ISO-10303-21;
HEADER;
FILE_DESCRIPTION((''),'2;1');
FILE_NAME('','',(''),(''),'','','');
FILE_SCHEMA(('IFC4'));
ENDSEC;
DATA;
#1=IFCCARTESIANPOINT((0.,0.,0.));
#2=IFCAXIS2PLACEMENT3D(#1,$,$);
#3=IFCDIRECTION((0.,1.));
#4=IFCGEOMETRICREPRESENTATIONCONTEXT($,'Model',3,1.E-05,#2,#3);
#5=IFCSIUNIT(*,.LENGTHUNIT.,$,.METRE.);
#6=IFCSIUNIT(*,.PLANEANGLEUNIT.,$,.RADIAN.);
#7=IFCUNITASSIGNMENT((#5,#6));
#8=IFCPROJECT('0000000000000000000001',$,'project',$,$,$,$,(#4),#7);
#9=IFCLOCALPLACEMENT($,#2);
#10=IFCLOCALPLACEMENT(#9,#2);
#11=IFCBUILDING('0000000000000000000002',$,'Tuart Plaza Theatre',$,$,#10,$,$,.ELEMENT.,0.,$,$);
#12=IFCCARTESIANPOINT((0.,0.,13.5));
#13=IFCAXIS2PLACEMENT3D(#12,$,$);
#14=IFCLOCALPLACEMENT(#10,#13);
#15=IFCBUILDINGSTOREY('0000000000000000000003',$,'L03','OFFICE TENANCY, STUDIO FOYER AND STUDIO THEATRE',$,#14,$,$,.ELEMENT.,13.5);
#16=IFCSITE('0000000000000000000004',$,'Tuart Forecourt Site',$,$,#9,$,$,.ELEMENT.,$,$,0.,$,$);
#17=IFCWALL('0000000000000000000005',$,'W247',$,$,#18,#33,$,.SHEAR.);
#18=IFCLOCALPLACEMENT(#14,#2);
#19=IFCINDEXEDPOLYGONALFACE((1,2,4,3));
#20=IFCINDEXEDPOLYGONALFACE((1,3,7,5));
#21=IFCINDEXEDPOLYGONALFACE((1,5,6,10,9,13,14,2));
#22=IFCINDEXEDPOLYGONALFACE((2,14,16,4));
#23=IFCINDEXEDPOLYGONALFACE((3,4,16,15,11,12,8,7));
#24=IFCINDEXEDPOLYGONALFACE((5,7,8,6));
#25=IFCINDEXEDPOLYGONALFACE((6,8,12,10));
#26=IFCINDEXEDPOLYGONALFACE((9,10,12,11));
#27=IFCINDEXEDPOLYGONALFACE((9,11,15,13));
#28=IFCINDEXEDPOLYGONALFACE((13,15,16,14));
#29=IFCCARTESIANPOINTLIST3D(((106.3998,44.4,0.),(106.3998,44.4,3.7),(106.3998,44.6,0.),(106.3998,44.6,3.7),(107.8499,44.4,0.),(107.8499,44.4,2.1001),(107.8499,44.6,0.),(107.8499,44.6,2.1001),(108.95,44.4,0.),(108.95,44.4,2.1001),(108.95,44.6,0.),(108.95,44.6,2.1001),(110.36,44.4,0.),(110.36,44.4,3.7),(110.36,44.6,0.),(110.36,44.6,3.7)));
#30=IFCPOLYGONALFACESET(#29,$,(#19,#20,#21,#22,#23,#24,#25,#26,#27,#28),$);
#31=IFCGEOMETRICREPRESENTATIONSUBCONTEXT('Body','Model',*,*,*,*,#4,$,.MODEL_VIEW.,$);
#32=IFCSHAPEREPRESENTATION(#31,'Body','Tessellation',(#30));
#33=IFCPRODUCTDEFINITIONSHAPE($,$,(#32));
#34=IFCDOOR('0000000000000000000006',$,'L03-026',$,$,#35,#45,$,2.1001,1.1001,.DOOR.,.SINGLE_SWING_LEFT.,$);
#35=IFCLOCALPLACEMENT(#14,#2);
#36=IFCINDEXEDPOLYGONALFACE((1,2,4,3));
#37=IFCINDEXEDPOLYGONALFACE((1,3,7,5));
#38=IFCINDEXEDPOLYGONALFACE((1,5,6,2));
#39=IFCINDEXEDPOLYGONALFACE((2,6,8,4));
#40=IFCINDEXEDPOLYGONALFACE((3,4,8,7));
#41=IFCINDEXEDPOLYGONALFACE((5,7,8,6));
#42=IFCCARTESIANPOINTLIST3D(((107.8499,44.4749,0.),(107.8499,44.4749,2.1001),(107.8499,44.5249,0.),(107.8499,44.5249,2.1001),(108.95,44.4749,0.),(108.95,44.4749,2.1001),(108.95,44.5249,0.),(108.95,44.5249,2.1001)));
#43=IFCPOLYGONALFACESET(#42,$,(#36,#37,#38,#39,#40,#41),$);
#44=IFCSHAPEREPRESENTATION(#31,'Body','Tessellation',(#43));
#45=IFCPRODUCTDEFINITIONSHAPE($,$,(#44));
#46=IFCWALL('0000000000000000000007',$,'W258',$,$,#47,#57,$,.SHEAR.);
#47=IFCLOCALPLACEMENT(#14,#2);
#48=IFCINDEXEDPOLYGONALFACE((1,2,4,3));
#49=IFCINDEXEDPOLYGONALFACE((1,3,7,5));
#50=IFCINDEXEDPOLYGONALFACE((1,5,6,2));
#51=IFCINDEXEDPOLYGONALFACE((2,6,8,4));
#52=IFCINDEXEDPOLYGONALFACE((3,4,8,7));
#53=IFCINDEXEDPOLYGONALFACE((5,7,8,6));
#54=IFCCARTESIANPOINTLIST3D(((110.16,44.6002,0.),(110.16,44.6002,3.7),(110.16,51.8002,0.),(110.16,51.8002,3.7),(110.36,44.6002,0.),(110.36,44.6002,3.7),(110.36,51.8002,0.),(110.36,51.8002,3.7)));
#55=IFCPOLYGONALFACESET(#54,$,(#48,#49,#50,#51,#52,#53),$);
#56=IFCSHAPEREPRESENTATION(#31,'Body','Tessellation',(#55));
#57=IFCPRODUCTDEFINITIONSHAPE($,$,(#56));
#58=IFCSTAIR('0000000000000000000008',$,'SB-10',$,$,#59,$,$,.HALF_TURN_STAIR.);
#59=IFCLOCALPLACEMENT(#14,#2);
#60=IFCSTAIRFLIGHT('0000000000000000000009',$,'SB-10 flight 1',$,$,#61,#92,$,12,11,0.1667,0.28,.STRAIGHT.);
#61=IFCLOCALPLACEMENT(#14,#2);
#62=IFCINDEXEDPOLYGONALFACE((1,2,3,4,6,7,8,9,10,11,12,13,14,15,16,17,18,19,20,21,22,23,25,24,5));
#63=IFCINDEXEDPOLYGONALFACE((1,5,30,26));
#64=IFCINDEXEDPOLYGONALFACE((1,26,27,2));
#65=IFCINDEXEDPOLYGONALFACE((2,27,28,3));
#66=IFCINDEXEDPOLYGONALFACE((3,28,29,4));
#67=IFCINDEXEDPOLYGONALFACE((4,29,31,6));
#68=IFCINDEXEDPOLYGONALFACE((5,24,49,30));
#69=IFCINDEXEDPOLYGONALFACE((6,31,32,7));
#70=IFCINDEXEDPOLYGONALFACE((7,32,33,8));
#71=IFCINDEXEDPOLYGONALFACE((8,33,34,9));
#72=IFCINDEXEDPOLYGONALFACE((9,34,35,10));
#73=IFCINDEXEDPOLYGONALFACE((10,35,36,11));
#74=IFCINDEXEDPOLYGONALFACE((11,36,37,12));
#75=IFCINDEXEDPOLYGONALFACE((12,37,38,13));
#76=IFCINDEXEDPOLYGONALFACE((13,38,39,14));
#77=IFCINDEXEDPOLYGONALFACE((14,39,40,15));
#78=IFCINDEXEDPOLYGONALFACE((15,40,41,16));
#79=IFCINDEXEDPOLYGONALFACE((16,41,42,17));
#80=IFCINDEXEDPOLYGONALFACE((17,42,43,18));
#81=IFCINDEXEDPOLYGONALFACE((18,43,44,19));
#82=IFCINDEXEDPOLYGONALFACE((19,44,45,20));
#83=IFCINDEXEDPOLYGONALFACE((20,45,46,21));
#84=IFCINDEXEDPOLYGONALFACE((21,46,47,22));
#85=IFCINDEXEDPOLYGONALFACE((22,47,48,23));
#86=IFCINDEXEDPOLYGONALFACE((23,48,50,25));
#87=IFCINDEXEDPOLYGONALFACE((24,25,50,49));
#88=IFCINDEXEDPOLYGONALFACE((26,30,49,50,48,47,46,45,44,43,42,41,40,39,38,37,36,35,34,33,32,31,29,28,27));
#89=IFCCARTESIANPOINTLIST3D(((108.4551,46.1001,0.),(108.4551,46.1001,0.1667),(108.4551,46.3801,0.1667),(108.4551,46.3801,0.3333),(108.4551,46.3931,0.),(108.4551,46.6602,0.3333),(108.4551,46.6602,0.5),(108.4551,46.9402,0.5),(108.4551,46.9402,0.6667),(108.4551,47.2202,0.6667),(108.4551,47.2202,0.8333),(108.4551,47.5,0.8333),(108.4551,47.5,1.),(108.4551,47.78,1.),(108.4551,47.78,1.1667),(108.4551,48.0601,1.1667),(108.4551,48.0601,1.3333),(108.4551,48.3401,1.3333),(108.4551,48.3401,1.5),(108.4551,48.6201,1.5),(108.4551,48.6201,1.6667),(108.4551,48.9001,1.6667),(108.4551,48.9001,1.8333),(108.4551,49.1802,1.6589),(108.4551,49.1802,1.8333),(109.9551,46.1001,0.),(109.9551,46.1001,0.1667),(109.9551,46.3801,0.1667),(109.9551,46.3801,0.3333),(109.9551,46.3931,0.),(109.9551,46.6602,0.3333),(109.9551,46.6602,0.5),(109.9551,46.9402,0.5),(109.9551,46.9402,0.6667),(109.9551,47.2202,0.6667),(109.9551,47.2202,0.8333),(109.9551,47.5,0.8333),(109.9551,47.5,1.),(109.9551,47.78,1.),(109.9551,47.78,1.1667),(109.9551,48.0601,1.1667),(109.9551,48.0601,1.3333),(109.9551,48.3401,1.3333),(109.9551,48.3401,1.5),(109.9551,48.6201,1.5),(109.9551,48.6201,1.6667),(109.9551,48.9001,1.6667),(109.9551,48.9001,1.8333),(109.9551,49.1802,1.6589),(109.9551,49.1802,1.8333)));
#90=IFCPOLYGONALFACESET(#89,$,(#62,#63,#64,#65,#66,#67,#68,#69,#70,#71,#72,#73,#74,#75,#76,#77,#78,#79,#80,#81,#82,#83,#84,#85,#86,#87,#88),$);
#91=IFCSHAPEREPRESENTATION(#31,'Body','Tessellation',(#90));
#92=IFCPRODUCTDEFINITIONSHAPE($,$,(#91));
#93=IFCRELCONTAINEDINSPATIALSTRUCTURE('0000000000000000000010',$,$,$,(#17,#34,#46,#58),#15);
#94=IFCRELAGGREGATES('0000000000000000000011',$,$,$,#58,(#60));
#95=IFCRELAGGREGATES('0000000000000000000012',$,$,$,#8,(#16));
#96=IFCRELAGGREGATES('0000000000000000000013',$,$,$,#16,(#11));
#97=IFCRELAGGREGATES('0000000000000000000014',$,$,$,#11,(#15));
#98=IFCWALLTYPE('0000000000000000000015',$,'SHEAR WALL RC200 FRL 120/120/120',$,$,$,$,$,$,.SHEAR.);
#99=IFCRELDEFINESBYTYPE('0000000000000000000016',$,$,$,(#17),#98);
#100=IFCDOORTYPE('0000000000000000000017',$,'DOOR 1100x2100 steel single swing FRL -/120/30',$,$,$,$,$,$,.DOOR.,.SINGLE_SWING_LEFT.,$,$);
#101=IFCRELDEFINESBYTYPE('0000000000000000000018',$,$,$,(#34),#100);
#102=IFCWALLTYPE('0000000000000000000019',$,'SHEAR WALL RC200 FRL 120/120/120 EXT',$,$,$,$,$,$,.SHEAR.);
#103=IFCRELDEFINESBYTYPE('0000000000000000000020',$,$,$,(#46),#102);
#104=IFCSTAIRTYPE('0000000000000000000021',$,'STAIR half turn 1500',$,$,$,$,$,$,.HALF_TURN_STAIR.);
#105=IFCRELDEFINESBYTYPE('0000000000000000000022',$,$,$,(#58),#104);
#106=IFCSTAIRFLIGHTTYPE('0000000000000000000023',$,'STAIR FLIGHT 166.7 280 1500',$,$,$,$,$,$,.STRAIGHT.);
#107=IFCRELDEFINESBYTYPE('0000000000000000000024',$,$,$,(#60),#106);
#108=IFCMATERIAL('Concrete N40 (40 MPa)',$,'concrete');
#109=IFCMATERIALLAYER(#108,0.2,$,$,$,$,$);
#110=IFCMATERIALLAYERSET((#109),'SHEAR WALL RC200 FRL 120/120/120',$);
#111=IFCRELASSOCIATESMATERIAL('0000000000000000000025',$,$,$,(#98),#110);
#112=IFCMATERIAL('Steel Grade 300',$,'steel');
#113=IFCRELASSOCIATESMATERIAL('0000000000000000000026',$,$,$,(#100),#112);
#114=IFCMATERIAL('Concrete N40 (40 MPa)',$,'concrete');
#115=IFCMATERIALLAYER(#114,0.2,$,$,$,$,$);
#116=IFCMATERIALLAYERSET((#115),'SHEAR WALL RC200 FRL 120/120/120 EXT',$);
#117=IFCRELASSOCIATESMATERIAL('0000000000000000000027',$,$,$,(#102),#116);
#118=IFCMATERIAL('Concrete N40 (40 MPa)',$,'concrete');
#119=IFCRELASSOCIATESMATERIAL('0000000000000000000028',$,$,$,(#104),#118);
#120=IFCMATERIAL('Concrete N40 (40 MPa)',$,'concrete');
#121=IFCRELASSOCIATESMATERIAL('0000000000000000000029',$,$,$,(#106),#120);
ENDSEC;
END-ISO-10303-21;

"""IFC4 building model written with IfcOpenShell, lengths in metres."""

from ifc_helpers import new_model, si_unit, direction, frame, frame_2d, origin, place, context, subcontext, project, spatial, polyline, rectangle, outline, extrude, material, layer, layer_set, type_object, element, fill, aggregate, save


model = new_model("IFC4")

# Units and contexts
model_context = context("Model", 3, precision=1e-05, world=origin(), true_north=direction((0.0, 1.0)))
body_context = subcontext(model_context, "Body", "Model", "MODEL_VIEW")
ifc_project = project(units=[si_unit("LENGTHUNIT", "METRE"), si_unit("PLANEANGLEUNIT", "RADIAN")], contexts=[model_context])

# Site, building, storey
site_placement = place(None, origin())
site = spatial("IfcSite", under=ifc_project, at=site_placement, Name="Tuart Forecourt Site", CompositionType="ELEMENT", RefElevation=0.0)
building_placement = place(site_placement, origin())
building = spatial("IfcBuilding", under=site, at=building_placement, Name="Tuart Plaza Theatre", CompositionType="ELEMENT", ElevationOfRefHeight=0.0)
storey_placement = place(building_placement, frame((0.0, 0.0, 13.5)))
storey = spatial("IfcBuildingStorey", under=building, at=storey_placement, Name="L03", Description="OFFICE TENANCY, STUDIO FOYER AND STUDIO THEATRE", CompositionType="ELEMENT", Elevation=13.5)

# Wall, opening, door
ifc_material_1 = material(Name="Concrete N40 (40 MPa)", Category="concrete")
ifc_layer_1 = layer(ifc_material_1, 0.2)
ifc_layer_set_1 = layer_set([ifc_layer_1], Name="SHEAR WALL RC200 FRL 120/120/120")
wall_type_1 = type_object("IfcWallType", Name="SHEAR WALL RC200 FRL 120/120/120", PredefinedType="SHEAR", material=ifc_layer_set_1)
wall_1_placement = place(storey_placement, frame((106.3999, 44.5, 0.0), z_axis=(0.0, 0.0, 1.0), x_axis=(1.0, 0.0, 0.0)))
wall_1 = element("IfcWall", 1, at=wall_1_placement, inside=storey, type_object=wall_type_1, Name="W247", PredefinedType="SHEAR", context=body_context, shape_type="SweptSolid", body=[
    extrude(rectangle(XDim=3.9602, YDim=0.2, at=frame_2d((1.98, 0.0))), origin(), (0.0, 0.0, 1.0), 3.7),
])
opening_placement = place(wall_1_placement, frame((1.45, 0.0, 0.0)))
opening = element("IfcOpeningElement", 2, at=opening_placement, cuts=wall_1, PredefinedType="OPENING", context=body_context, shape_type="SweptSolid", body=[
    extrude(rectangle(XDim=1.1001, YDim=2.1001, at=frame_2d((0.55, 1.05))), frame((0.0, 0.1099, 0.0), z_axis=(0.0, -1.0, 0.0), x_axis=(1.0, 0.0, 0.0)), (0.0, 0.0, 1.0), 0.22),
])
ifc_material_2 = material(Name="Steel Grade 300", Category="steel")
door_type = type_object("IfcDoorType", Name="DOOR 1100x2100 steel single swing FRL -/120/30", OperationType="SINGLE_SWING_LEFT", PredefinedType="DOOR", material=ifc_material_2)
door_placement = place(opening_placement, origin())
door = element("IfcDoor", 3, at=door_placement, inside=storey, type_object=door_type, Name="L03-026", OperationType="SINGLE_SWING_LEFT", OverallHeight=2.1001, OverallWidth=1.1001, PredefinedType="DOOR", context=body_context, shape_type="SweptSolid", body=[
    extrude(rectangle(XDim=1.1001, YDim=2.1001, at=frame_2d((0.55, 1.05))), frame((0.0, 0.0249, 0.0), z_axis=(0.0, -1.0, 0.0), x_axis=(1.0, 0.0, 0.0)), (0.0, 0.0, 1.0), 0.05),
])
fill(opening, door)

# Wall
ifc_material_3 = material(Name="Concrete N40 (40 MPa)", Category="concrete")
ifc_layer_2 = layer(ifc_material_3, 0.2)
ifc_layer_set_2 = layer_set([ifc_layer_2], Name="SHEAR WALL RC200 FRL 120/120/120 EXT")
wall_type_2 = type_object("IfcWallType", Name="SHEAR WALL RC200 FRL 120/120/120 EXT", PredefinedType="SHEAR", material=ifc_layer_set_2)
wall_2_placement = place(storey_placement, frame((110.26, 44.6001, 0.0), z_axis=(0.0, 0.0, 1.0), x_axis=(0.0, 1.0, 0.0)))
element("IfcWall", 4, at=wall_2_placement, inside=storey, type_object=wall_type_2, Name="W258", PredefinedType="SHEAR", context=body_context, shape_type="SweptSolid", body=[
    extrude(rectangle(XDim=7.2, YDim=0.2, at=frame_2d((3.6001, 0.0))), origin(), (0.0, 0.0, 1.0), 3.7),
])

# Stair, stair flight
ifc_material_4 = material(Name="Concrete N40 (40 MPa)", Category="concrete")
stair_type = type_object("IfcStairType", Name="STAIR half turn 1500", PredefinedType="HALF_TURN_STAIR", material=ifc_material_4)
stair_placement = place(storey_placement, origin())
stair = element("IfcStair", 5, at=stair_placement, inside=storey, type_object=stair_type, Name="SB-10", PredefinedType="HALF_TURN_STAIR")
ifc_material_5 = material(Name="Concrete N40 (40 MPa)", Category="concrete")
stair_flight_type = type_object("IfcStairFlightType", Name="STAIR FLIGHT 166.7 280 1500", PredefinedType="STRAIGHT", material=ifc_material_5)
stair_flight_placement = place(storey_placement, frame((109.2051, 46.1001, 0.0), z_axis=(0.0, 0.0, 1.0), x_axis=(0.0, 1.0, 0.0)))
stair_flight = element("IfcStairFlight", 6, at=stair_flight_placement, type_object=stair_flight_type, Name="SB-10 flight 1", NumberOfRisers=12, NumberOfTreads=11, PredefinedType="STRAIGHT", RiserHeight=0.1667, TreadLength=0.28, context=body_context, shape_type="SweptSolid", body=[
    extrude(outline(polyline([(0.0, 0.0), (0.0, 0.1667), (0.28, 0.1667), (0.28, 0.3333), (0.5601, 0.3333), (0.5601, 0.5), (0.8401, 0.5), (0.8401, 0.6667), (1.1201, 0.6667), (1.1201, 0.8333), (1.3999, 0.8333), (1.3999, 1.0), (1.6799, 1.0), (1.6799, 1.1667), (1.96, 1.1667), (1.96, 1.3333), (2.24, 1.3333), (2.24, 1.5), (2.52, 1.5), (2.52, 1.6667), (2.8, 1.6667), (2.8, 1.8333), (3.0801, 1.8333), (3.0801, 2.0), (3.0801, 1.6589), (0.293, 0.0), (0.0, 0.0)])), frame((0.0, 0.75, 0.0), z_axis=(0.0, -1.0, 0.0), x_axis=(1.0, 0.0, 0.0)), (0.0, 0.0, 1.0), 1.5),
])
aggregate(stair, [stair_flight])

save(model, "model.ifc")
